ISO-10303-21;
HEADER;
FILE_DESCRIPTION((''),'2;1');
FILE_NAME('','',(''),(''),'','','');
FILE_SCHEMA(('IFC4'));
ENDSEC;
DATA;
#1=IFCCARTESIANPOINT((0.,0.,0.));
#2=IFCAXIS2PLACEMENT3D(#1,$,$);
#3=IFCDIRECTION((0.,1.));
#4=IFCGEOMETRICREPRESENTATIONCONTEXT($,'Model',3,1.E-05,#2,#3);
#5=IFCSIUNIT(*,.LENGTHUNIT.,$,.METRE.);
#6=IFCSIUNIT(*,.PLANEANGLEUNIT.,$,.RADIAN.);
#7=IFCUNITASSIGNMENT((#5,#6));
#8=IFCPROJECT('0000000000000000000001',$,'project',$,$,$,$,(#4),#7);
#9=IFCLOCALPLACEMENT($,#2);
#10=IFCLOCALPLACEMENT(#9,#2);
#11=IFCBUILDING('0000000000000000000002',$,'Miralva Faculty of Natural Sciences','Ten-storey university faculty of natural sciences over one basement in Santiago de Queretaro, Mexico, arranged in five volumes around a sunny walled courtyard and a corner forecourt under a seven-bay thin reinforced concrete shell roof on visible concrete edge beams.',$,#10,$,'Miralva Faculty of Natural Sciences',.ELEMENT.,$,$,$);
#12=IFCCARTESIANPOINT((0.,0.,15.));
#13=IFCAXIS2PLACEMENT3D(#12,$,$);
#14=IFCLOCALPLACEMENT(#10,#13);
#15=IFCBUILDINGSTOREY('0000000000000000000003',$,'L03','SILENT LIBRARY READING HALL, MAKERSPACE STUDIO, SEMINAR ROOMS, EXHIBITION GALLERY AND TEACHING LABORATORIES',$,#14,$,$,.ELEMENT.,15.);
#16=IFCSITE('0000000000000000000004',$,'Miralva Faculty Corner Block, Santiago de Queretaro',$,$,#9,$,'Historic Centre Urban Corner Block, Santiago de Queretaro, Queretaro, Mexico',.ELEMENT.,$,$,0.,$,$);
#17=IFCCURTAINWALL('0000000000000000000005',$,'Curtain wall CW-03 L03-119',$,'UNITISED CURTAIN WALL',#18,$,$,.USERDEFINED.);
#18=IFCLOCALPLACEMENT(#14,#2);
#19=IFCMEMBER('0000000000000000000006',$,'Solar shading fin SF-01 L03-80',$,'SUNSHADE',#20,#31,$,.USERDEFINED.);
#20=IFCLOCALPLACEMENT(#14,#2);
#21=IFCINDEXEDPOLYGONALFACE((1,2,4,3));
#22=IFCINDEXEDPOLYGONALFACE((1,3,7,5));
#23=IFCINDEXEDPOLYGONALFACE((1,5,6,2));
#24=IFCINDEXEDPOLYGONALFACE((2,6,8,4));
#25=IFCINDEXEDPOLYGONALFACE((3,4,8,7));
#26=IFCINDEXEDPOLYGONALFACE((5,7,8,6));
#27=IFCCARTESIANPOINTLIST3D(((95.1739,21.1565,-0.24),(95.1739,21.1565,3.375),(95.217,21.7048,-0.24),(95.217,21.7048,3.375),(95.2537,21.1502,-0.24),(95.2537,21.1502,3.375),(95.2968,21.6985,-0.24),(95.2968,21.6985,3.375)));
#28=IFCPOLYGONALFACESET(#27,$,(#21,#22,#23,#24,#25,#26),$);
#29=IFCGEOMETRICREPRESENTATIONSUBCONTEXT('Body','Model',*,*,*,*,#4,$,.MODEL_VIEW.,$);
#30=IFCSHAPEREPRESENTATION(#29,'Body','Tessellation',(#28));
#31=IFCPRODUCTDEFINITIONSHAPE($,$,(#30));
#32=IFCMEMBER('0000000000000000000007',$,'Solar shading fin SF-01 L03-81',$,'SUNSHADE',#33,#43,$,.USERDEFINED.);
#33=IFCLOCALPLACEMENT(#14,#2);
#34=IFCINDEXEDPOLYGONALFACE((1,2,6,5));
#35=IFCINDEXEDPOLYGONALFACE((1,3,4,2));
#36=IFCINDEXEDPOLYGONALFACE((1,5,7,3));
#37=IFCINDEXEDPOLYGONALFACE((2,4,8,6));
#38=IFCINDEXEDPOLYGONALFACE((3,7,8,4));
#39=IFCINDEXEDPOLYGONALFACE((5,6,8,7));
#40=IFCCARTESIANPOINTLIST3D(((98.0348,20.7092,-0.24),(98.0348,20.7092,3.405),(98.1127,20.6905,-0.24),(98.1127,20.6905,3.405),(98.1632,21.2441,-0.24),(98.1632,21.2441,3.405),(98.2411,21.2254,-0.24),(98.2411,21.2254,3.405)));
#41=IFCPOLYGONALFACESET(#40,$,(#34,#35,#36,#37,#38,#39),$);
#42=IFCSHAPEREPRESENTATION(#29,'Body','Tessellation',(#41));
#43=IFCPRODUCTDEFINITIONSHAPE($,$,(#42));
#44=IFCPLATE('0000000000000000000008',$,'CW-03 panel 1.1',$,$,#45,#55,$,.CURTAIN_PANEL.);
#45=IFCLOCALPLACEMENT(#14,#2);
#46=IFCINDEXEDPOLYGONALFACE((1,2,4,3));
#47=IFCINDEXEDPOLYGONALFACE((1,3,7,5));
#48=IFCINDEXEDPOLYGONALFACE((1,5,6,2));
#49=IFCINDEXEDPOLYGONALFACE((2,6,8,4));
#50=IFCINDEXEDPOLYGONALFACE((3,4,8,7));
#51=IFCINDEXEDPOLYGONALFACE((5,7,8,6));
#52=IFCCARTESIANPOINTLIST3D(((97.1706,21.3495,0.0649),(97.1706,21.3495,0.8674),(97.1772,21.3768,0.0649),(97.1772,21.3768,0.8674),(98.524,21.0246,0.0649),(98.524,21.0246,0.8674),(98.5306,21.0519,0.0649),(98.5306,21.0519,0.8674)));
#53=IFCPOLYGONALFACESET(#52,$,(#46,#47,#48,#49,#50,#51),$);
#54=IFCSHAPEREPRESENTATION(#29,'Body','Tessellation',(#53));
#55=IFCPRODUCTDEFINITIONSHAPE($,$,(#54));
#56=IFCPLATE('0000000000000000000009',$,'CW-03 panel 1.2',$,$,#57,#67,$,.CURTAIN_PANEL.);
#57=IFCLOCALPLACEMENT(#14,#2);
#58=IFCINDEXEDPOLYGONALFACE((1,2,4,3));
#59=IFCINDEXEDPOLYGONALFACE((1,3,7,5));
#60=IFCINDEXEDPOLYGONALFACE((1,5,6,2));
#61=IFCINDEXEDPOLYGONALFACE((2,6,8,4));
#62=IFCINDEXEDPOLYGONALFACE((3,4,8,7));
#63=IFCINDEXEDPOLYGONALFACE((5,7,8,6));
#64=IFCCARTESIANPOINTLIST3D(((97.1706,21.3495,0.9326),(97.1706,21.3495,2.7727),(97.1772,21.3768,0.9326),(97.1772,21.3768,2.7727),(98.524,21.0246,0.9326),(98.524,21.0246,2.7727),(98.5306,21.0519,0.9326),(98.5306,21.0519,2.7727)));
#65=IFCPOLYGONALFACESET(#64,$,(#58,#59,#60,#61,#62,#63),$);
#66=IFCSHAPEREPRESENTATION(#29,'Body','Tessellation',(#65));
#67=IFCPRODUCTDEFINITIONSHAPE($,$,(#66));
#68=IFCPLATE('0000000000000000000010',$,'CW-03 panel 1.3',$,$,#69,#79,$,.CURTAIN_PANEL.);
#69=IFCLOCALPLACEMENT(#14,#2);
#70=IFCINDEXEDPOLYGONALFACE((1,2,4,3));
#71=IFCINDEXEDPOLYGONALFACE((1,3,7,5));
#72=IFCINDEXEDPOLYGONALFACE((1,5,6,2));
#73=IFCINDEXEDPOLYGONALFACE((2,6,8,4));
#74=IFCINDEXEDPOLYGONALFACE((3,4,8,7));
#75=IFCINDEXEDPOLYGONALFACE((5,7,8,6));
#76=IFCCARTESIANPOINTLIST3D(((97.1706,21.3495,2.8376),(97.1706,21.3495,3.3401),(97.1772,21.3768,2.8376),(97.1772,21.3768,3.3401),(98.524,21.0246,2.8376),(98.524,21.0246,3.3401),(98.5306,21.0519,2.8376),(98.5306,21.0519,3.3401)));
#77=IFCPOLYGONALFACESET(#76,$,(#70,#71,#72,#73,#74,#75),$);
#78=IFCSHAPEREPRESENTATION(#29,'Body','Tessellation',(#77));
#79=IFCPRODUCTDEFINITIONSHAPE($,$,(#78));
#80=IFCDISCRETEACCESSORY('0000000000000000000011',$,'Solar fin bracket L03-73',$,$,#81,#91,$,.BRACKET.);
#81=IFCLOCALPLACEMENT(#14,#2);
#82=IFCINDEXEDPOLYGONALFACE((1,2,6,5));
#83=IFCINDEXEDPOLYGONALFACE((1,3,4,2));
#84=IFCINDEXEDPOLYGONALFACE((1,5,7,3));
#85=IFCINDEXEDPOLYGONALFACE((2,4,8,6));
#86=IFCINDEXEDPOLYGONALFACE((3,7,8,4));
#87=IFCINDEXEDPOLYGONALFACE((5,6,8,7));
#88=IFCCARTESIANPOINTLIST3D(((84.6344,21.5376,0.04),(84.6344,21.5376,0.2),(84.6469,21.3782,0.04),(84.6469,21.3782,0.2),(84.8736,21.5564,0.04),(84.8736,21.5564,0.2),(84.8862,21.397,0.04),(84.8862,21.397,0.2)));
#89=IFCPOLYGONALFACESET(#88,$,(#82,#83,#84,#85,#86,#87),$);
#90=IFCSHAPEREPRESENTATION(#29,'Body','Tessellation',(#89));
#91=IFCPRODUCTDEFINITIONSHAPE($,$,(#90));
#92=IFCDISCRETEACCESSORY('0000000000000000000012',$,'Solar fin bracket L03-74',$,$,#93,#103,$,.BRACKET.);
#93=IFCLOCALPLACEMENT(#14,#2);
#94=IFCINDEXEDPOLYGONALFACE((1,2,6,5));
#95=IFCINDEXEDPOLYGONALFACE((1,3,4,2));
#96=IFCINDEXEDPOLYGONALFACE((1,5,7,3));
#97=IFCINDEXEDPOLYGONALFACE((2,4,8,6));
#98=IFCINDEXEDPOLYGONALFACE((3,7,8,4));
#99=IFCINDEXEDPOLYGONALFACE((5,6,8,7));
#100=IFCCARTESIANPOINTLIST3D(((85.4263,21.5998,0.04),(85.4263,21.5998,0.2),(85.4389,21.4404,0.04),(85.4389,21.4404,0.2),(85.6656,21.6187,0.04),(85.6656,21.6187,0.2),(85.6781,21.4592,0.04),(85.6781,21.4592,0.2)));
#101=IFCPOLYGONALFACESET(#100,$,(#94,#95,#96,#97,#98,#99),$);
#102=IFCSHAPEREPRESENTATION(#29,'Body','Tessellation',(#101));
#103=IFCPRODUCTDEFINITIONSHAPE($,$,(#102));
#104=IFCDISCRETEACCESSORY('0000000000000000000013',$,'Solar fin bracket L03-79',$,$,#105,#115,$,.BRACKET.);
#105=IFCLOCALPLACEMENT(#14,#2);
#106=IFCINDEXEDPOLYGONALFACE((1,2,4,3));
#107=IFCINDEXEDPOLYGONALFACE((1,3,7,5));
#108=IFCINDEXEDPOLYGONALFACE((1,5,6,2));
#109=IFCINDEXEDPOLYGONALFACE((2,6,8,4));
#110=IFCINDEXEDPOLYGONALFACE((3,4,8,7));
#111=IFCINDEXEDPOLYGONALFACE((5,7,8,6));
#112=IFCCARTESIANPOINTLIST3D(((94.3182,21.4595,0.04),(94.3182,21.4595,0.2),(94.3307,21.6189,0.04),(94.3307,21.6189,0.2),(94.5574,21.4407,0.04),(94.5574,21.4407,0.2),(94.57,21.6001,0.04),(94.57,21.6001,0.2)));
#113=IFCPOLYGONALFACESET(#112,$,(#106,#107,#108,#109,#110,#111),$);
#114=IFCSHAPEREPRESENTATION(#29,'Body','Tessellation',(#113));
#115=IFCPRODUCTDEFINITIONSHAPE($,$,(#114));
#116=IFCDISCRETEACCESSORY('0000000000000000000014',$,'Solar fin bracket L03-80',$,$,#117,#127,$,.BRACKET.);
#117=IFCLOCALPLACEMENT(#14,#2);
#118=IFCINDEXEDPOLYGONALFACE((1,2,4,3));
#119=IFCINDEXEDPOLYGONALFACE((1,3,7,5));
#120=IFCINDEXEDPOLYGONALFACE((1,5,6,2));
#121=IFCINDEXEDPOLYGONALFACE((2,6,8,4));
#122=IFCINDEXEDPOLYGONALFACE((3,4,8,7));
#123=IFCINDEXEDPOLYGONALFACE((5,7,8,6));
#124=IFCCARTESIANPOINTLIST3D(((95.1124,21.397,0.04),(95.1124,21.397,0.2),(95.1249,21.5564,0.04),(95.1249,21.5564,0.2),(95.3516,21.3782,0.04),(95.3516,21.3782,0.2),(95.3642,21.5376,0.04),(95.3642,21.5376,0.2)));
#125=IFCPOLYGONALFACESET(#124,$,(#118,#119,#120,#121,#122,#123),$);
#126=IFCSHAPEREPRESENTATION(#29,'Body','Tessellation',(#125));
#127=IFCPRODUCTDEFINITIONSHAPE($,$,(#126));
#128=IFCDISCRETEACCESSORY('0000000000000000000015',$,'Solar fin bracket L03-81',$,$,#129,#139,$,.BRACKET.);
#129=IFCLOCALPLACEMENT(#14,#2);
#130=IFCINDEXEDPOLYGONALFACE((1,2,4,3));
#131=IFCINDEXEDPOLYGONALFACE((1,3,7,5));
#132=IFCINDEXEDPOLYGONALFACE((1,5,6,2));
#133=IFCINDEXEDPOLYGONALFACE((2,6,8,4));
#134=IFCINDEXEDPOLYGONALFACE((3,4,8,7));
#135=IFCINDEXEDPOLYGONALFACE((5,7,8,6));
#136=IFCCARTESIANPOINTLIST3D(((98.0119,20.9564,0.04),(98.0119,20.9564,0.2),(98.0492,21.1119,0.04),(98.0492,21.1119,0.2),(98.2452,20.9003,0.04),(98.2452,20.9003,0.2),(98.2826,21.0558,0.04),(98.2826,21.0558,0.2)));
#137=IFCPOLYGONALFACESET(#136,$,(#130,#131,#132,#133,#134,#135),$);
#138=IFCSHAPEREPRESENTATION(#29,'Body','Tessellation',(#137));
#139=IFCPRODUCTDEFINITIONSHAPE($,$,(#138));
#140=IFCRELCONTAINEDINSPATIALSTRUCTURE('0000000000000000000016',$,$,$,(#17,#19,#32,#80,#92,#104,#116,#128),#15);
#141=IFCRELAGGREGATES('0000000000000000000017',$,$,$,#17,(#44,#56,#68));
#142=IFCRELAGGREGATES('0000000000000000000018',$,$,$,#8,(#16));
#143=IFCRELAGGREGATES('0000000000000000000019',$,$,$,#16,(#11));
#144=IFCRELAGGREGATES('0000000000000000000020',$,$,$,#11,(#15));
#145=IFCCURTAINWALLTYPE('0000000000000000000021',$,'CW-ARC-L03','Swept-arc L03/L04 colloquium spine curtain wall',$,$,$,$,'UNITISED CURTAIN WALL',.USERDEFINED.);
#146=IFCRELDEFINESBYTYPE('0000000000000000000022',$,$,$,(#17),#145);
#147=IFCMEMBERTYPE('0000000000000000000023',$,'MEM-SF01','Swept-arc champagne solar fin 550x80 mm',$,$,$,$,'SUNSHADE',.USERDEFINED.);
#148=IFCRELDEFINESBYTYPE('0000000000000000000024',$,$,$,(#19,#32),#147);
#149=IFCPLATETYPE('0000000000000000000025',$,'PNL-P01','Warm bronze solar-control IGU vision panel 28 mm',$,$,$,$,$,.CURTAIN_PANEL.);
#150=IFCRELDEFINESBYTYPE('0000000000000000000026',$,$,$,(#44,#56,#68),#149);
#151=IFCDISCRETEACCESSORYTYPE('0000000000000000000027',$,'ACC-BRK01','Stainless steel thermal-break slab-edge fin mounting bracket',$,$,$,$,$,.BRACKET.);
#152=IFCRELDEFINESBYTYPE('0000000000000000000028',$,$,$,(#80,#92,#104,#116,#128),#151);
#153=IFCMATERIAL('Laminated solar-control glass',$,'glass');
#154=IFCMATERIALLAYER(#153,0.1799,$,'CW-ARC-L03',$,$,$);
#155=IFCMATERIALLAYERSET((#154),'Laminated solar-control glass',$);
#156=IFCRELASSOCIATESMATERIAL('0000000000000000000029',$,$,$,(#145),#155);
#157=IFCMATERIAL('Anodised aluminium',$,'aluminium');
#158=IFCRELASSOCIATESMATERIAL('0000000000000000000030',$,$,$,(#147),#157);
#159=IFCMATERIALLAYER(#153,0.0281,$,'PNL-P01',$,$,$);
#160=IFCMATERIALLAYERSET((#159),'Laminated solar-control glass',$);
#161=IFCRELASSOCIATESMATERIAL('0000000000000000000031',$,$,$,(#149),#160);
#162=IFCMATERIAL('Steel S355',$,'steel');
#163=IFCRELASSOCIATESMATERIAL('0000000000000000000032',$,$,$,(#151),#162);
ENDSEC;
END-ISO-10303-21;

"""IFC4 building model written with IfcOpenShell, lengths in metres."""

from ifc_helpers import new_model, si_unit, direction, frame, origin, origin_2d, place, context, subcontext, project, spatial, rectangle, extrude, material, layer, layer_set, material_profile, profile_set, type_object, element, aggregate, save


model = new_model("IFC4")

# Units and contexts
model_context = context("Model", 3, precision=1e-05, world=origin(), true_north=direction((0.0, 1.0)))
body_context = subcontext(model_context, "Body", "Model", "MODEL_VIEW")
ifc_project = project(units=[si_unit("LENGTHUNIT", "METRE"), si_unit("PLANEANGLEUNIT", "RADIAN")], contexts=[model_context])

# Site, building, storey
site_placement = place(None, origin())
site = spatial("IfcSite", under=ifc_project, at=site_placement, Name="Miralva Faculty Corner Block, Santiago de Queretaro", LongName="Historic Centre Urban Corner Block, Santiago de Queretaro, Queretaro, Mexico", CompositionType="ELEMENT", RefElevation=0.0)
building_placement = place(site_placement, origin())
building = spatial("IfcBuilding", under=site, at=building_placement, Name="Miralva Faculty of Natural Sciences", Description="Ten-storey university faculty of natural sciences over one basement in Santiago de Queretaro, Mexico, arranged in five volumes around a sunny walled courtyard and a corner forecourt under a seven-bay thin reinforced concrete shell roof on visible concrete edge beams.", LongName="Miralva Faculty of Natural Sciences", CompositionType="ELEMENT")
storey_placement = place(building_placement, frame((0.0, 0.0, 15.0)))
storey = spatial("IfcBuildingStorey", under=building, at=storey_placement, Name="L03", Description="SILENT LIBRARY READING HALL, MAKERSPACE STUDIO, SEMINAR ROOMS, EXHIBITION GALLERY AND TEACHING LABORATORIES", CompositionType="ELEMENT", Elevation=15.0)

# Shared definitions
ifc_material_1 = material(Name="Laminated solar-control glass", Category="glass")
ifc_layer_1 = layer(ifc_material_1, 0.1799, Name="CW-ARC-L03")
ifc_layer_set_1 = layer_set([ifc_layer_1], Name="Laminated solar-control glass")
curtain_wall_type = type_object("IfcCurtainWallType", Name="CW-ARC-L03", Description="Swept-arc L03/L04 colloquium spine curtain wall", ElementType="UNITISED CURTAIN WALL", PredefinedType="USERDEFINED", material=ifc_layer_set_1)
ifc_material_2 = material(Name="Anodised aluminium", Category="aluminium")

# Curtain wall
curtain_wall_1_placement = place(storey_placement, origin())
curtain_wall_1 = element("IfcCurtainWall", 1, at=curtain_wall_1_placement, inside=storey, type_object=curtain_wall_type, Name="Curtain wall CW-03 L03-119", ObjectType="UNITISED CURTAIN WALL", PredefinedType="USERDEFINED")

# Members
ifc_material_profile_1 = material_profile(ifc_material_2, rectangle(XDim=0.0801, YDim=0.55, at=origin_2d()), Name="FIN 550x80")
ifc_profile_set_1 = profile_set([ifc_material_profile_1], Name="Anodised aluminium")
member_type_1 = type_object("IfcMemberType", Name="MEM-SF01", Description="Swept-arc champagne solar fin 550x80 mm", ElementType="SUNSHADE", PredefinedType="USERDEFINED", material=ifc_profile_set_1)
for number, where, z_axis, x_axis, name in (
    (2, (95.2354, 21.4275, -0.24), (0.0, 0.0, 1.0), (0.996917, -0.078459, 0.0), "Solar shading fin SF-01 L03-80"),
):
    element("IfcMember", number, at=place(storey_placement, frame(where, z_axis=z_axis, x_axis=x_axis)), inside=storey, type_object=member_type_1, Name=name, ObjectType="SUNSHADE", PredefinedType="USERDEFINED", context=body_context, shape_type="SweptSolid", body=[
        extrude(rectangle(XDim=0.0801, YDim=0.55, at=origin_2d()), origin(), (0.0, 0.0, 1.0), 3.615),
    ])
member_1_placement = place(storey_placement, frame((98.1379, 20.9673, -0.24), z_axis=(0.0, 0.0, 1.0), x_axis=(0.97237, -0.233445, 0.0)))
element("IfcMember", 3, at=member_1_placement, inside=storey, type_object=member_type_1, Name="Solar shading fin SF-01 L03-81", ObjectType="SUNSHADE", PredefinedType="USERDEFINED", context=body_context, shape_type="SweptSolid", body=[
    extrude(rectangle(XDim=0.0801, YDim=0.55, at=origin_2d()), origin(), (0.0, 0.0, 1.0), 3.645),
])

# Plates
ifc_layer_2 = layer(ifc_material_1, 0.0281, Name="PNL-P01")
ifc_layer_set_2 = layer_set([ifc_layer_2], Name="Laminated solar-control glass")
plate_type = type_object("IfcPlateType", Name="PNL-P01", Description="Warm bronze solar-control IGU vision panel 28 mm", PredefinedType="CURTAIN_PANEL", material=ifc_layer_set_2)
plate_1_placement = place(storey_placement, frame((97.8506, 21.2007, 0.0649), z_axis=(0.0, 0.0, 1.0), x_axis=(0.972367, -0.233457, 0.0)))
plate_1 = element("IfcPlate", 4, at=plate_1_placement, type_object=plate_type, Name="CW-03 panel 1.1", PredefinedType="CURTAIN_PANEL", context=body_context, shape_type="SweptSolid", body=[
    extrude(rectangle(XDim=1.3918, YDim=0.0281, at=origin_2d()), origin(), (0.0, 0.0, 1.0), 0.8025),
])
plate_2_placement = place(storey_placement, frame((97.8506, 21.2007, 0.9326), z_axis=(0.0, 0.0, 1.0), x_axis=(0.972367, -0.233457, 0.0)))
plate_2 = element("IfcPlate", 5, at=plate_2_placement, type_object=plate_type, Name="CW-03 panel 1.2", PredefinedType="CURTAIN_PANEL", context=body_context, shape_type="SweptSolid", body=[
    extrude(rectangle(XDim=1.3918, YDim=0.0281, at=origin_2d()), origin(), (0.0, 0.0, 1.0), 1.8401),
])
plate_3_placement = place(storey_placement, frame((97.8506, 21.2007, 2.8376), z_axis=(0.0, 0.0, 1.0), x_axis=(0.972367, -0.233457, 0.0)))
plate_3 = element("IfcPlate", 6, at=plate_3_placement, type_object=plate_type, Name="CW-03 panel 1.3", PredefinedType="CURTAIN_PANEL", context=body_context, shape_type="SweptSolid", body=[
    extrude(rectangle(XDim=1.3918, YDim=0.0281, at=origin_2d()), origin(), (0.0, 0.0, 1.0), 0.5024),
])
aggregate(curtain_wall_1, [plate_1, plate_2, plate_3])

# Discrete accessories
ifc_material_3 = material(Name="Steel S355", Category="steel")
discrete_accessory_type = type_object("IfcDiscreteAccessoryType", Name="ACC-BRK01", Description="Stainless steel thermal-break slab-edge fin mounting bracket", PredefinedType="BRACKET", material=ifc_material_3)
for number, where, z_axis, x_axis, name in (
    (7, (84.7603, 21.4673, 0.04), (0.0, 0.0, 1.0), (0.078459, -0.996917, 0.0), "Solar fin bracket L03-73"),
    (8, (85.5522, 21.5295, 0.04), (0.0, 0.0, 1.0), (0.078459, -0.996917, 0.0), "Solar fin bracket L03-74"),
    (9, (94.4441, 21.5298, 0.04), (0.0, 0.0, 1.0), (-0.078459, -0.996917, 0.0), "Solar fin bracket L03-79"),
    (10, (95.2383, 21.4673, 0.04), (0.0, 0.0, 1.0), (-0.078459, -0.996917, 0.0), "Solar fin bracket L03-80"),
    (11, (98.1472, 21.0061, 0.04), (0.0, 0.0, 1.0), (-0.233445, -0.97237, 0.0), "Solar fin bracket L03-81"),
):
    element("IfcDiscreteAccessory", number, at=place(storey_placement, frame(where, z_axis=z_axis, x_axis=x_axis)), inside=storey, type_object=discrete_accessory_type, Name=name, PredefinedType="BRACKET", context=body_context, shape_type="SweptSolid", body=[
        extrude(rectangle(XDim=0.1599, YDim=0.24, at=origin_2d()), origin(), (0.0, 0.0, 1.0), 0.1599),
    ])

save(model, "model.ifc")
